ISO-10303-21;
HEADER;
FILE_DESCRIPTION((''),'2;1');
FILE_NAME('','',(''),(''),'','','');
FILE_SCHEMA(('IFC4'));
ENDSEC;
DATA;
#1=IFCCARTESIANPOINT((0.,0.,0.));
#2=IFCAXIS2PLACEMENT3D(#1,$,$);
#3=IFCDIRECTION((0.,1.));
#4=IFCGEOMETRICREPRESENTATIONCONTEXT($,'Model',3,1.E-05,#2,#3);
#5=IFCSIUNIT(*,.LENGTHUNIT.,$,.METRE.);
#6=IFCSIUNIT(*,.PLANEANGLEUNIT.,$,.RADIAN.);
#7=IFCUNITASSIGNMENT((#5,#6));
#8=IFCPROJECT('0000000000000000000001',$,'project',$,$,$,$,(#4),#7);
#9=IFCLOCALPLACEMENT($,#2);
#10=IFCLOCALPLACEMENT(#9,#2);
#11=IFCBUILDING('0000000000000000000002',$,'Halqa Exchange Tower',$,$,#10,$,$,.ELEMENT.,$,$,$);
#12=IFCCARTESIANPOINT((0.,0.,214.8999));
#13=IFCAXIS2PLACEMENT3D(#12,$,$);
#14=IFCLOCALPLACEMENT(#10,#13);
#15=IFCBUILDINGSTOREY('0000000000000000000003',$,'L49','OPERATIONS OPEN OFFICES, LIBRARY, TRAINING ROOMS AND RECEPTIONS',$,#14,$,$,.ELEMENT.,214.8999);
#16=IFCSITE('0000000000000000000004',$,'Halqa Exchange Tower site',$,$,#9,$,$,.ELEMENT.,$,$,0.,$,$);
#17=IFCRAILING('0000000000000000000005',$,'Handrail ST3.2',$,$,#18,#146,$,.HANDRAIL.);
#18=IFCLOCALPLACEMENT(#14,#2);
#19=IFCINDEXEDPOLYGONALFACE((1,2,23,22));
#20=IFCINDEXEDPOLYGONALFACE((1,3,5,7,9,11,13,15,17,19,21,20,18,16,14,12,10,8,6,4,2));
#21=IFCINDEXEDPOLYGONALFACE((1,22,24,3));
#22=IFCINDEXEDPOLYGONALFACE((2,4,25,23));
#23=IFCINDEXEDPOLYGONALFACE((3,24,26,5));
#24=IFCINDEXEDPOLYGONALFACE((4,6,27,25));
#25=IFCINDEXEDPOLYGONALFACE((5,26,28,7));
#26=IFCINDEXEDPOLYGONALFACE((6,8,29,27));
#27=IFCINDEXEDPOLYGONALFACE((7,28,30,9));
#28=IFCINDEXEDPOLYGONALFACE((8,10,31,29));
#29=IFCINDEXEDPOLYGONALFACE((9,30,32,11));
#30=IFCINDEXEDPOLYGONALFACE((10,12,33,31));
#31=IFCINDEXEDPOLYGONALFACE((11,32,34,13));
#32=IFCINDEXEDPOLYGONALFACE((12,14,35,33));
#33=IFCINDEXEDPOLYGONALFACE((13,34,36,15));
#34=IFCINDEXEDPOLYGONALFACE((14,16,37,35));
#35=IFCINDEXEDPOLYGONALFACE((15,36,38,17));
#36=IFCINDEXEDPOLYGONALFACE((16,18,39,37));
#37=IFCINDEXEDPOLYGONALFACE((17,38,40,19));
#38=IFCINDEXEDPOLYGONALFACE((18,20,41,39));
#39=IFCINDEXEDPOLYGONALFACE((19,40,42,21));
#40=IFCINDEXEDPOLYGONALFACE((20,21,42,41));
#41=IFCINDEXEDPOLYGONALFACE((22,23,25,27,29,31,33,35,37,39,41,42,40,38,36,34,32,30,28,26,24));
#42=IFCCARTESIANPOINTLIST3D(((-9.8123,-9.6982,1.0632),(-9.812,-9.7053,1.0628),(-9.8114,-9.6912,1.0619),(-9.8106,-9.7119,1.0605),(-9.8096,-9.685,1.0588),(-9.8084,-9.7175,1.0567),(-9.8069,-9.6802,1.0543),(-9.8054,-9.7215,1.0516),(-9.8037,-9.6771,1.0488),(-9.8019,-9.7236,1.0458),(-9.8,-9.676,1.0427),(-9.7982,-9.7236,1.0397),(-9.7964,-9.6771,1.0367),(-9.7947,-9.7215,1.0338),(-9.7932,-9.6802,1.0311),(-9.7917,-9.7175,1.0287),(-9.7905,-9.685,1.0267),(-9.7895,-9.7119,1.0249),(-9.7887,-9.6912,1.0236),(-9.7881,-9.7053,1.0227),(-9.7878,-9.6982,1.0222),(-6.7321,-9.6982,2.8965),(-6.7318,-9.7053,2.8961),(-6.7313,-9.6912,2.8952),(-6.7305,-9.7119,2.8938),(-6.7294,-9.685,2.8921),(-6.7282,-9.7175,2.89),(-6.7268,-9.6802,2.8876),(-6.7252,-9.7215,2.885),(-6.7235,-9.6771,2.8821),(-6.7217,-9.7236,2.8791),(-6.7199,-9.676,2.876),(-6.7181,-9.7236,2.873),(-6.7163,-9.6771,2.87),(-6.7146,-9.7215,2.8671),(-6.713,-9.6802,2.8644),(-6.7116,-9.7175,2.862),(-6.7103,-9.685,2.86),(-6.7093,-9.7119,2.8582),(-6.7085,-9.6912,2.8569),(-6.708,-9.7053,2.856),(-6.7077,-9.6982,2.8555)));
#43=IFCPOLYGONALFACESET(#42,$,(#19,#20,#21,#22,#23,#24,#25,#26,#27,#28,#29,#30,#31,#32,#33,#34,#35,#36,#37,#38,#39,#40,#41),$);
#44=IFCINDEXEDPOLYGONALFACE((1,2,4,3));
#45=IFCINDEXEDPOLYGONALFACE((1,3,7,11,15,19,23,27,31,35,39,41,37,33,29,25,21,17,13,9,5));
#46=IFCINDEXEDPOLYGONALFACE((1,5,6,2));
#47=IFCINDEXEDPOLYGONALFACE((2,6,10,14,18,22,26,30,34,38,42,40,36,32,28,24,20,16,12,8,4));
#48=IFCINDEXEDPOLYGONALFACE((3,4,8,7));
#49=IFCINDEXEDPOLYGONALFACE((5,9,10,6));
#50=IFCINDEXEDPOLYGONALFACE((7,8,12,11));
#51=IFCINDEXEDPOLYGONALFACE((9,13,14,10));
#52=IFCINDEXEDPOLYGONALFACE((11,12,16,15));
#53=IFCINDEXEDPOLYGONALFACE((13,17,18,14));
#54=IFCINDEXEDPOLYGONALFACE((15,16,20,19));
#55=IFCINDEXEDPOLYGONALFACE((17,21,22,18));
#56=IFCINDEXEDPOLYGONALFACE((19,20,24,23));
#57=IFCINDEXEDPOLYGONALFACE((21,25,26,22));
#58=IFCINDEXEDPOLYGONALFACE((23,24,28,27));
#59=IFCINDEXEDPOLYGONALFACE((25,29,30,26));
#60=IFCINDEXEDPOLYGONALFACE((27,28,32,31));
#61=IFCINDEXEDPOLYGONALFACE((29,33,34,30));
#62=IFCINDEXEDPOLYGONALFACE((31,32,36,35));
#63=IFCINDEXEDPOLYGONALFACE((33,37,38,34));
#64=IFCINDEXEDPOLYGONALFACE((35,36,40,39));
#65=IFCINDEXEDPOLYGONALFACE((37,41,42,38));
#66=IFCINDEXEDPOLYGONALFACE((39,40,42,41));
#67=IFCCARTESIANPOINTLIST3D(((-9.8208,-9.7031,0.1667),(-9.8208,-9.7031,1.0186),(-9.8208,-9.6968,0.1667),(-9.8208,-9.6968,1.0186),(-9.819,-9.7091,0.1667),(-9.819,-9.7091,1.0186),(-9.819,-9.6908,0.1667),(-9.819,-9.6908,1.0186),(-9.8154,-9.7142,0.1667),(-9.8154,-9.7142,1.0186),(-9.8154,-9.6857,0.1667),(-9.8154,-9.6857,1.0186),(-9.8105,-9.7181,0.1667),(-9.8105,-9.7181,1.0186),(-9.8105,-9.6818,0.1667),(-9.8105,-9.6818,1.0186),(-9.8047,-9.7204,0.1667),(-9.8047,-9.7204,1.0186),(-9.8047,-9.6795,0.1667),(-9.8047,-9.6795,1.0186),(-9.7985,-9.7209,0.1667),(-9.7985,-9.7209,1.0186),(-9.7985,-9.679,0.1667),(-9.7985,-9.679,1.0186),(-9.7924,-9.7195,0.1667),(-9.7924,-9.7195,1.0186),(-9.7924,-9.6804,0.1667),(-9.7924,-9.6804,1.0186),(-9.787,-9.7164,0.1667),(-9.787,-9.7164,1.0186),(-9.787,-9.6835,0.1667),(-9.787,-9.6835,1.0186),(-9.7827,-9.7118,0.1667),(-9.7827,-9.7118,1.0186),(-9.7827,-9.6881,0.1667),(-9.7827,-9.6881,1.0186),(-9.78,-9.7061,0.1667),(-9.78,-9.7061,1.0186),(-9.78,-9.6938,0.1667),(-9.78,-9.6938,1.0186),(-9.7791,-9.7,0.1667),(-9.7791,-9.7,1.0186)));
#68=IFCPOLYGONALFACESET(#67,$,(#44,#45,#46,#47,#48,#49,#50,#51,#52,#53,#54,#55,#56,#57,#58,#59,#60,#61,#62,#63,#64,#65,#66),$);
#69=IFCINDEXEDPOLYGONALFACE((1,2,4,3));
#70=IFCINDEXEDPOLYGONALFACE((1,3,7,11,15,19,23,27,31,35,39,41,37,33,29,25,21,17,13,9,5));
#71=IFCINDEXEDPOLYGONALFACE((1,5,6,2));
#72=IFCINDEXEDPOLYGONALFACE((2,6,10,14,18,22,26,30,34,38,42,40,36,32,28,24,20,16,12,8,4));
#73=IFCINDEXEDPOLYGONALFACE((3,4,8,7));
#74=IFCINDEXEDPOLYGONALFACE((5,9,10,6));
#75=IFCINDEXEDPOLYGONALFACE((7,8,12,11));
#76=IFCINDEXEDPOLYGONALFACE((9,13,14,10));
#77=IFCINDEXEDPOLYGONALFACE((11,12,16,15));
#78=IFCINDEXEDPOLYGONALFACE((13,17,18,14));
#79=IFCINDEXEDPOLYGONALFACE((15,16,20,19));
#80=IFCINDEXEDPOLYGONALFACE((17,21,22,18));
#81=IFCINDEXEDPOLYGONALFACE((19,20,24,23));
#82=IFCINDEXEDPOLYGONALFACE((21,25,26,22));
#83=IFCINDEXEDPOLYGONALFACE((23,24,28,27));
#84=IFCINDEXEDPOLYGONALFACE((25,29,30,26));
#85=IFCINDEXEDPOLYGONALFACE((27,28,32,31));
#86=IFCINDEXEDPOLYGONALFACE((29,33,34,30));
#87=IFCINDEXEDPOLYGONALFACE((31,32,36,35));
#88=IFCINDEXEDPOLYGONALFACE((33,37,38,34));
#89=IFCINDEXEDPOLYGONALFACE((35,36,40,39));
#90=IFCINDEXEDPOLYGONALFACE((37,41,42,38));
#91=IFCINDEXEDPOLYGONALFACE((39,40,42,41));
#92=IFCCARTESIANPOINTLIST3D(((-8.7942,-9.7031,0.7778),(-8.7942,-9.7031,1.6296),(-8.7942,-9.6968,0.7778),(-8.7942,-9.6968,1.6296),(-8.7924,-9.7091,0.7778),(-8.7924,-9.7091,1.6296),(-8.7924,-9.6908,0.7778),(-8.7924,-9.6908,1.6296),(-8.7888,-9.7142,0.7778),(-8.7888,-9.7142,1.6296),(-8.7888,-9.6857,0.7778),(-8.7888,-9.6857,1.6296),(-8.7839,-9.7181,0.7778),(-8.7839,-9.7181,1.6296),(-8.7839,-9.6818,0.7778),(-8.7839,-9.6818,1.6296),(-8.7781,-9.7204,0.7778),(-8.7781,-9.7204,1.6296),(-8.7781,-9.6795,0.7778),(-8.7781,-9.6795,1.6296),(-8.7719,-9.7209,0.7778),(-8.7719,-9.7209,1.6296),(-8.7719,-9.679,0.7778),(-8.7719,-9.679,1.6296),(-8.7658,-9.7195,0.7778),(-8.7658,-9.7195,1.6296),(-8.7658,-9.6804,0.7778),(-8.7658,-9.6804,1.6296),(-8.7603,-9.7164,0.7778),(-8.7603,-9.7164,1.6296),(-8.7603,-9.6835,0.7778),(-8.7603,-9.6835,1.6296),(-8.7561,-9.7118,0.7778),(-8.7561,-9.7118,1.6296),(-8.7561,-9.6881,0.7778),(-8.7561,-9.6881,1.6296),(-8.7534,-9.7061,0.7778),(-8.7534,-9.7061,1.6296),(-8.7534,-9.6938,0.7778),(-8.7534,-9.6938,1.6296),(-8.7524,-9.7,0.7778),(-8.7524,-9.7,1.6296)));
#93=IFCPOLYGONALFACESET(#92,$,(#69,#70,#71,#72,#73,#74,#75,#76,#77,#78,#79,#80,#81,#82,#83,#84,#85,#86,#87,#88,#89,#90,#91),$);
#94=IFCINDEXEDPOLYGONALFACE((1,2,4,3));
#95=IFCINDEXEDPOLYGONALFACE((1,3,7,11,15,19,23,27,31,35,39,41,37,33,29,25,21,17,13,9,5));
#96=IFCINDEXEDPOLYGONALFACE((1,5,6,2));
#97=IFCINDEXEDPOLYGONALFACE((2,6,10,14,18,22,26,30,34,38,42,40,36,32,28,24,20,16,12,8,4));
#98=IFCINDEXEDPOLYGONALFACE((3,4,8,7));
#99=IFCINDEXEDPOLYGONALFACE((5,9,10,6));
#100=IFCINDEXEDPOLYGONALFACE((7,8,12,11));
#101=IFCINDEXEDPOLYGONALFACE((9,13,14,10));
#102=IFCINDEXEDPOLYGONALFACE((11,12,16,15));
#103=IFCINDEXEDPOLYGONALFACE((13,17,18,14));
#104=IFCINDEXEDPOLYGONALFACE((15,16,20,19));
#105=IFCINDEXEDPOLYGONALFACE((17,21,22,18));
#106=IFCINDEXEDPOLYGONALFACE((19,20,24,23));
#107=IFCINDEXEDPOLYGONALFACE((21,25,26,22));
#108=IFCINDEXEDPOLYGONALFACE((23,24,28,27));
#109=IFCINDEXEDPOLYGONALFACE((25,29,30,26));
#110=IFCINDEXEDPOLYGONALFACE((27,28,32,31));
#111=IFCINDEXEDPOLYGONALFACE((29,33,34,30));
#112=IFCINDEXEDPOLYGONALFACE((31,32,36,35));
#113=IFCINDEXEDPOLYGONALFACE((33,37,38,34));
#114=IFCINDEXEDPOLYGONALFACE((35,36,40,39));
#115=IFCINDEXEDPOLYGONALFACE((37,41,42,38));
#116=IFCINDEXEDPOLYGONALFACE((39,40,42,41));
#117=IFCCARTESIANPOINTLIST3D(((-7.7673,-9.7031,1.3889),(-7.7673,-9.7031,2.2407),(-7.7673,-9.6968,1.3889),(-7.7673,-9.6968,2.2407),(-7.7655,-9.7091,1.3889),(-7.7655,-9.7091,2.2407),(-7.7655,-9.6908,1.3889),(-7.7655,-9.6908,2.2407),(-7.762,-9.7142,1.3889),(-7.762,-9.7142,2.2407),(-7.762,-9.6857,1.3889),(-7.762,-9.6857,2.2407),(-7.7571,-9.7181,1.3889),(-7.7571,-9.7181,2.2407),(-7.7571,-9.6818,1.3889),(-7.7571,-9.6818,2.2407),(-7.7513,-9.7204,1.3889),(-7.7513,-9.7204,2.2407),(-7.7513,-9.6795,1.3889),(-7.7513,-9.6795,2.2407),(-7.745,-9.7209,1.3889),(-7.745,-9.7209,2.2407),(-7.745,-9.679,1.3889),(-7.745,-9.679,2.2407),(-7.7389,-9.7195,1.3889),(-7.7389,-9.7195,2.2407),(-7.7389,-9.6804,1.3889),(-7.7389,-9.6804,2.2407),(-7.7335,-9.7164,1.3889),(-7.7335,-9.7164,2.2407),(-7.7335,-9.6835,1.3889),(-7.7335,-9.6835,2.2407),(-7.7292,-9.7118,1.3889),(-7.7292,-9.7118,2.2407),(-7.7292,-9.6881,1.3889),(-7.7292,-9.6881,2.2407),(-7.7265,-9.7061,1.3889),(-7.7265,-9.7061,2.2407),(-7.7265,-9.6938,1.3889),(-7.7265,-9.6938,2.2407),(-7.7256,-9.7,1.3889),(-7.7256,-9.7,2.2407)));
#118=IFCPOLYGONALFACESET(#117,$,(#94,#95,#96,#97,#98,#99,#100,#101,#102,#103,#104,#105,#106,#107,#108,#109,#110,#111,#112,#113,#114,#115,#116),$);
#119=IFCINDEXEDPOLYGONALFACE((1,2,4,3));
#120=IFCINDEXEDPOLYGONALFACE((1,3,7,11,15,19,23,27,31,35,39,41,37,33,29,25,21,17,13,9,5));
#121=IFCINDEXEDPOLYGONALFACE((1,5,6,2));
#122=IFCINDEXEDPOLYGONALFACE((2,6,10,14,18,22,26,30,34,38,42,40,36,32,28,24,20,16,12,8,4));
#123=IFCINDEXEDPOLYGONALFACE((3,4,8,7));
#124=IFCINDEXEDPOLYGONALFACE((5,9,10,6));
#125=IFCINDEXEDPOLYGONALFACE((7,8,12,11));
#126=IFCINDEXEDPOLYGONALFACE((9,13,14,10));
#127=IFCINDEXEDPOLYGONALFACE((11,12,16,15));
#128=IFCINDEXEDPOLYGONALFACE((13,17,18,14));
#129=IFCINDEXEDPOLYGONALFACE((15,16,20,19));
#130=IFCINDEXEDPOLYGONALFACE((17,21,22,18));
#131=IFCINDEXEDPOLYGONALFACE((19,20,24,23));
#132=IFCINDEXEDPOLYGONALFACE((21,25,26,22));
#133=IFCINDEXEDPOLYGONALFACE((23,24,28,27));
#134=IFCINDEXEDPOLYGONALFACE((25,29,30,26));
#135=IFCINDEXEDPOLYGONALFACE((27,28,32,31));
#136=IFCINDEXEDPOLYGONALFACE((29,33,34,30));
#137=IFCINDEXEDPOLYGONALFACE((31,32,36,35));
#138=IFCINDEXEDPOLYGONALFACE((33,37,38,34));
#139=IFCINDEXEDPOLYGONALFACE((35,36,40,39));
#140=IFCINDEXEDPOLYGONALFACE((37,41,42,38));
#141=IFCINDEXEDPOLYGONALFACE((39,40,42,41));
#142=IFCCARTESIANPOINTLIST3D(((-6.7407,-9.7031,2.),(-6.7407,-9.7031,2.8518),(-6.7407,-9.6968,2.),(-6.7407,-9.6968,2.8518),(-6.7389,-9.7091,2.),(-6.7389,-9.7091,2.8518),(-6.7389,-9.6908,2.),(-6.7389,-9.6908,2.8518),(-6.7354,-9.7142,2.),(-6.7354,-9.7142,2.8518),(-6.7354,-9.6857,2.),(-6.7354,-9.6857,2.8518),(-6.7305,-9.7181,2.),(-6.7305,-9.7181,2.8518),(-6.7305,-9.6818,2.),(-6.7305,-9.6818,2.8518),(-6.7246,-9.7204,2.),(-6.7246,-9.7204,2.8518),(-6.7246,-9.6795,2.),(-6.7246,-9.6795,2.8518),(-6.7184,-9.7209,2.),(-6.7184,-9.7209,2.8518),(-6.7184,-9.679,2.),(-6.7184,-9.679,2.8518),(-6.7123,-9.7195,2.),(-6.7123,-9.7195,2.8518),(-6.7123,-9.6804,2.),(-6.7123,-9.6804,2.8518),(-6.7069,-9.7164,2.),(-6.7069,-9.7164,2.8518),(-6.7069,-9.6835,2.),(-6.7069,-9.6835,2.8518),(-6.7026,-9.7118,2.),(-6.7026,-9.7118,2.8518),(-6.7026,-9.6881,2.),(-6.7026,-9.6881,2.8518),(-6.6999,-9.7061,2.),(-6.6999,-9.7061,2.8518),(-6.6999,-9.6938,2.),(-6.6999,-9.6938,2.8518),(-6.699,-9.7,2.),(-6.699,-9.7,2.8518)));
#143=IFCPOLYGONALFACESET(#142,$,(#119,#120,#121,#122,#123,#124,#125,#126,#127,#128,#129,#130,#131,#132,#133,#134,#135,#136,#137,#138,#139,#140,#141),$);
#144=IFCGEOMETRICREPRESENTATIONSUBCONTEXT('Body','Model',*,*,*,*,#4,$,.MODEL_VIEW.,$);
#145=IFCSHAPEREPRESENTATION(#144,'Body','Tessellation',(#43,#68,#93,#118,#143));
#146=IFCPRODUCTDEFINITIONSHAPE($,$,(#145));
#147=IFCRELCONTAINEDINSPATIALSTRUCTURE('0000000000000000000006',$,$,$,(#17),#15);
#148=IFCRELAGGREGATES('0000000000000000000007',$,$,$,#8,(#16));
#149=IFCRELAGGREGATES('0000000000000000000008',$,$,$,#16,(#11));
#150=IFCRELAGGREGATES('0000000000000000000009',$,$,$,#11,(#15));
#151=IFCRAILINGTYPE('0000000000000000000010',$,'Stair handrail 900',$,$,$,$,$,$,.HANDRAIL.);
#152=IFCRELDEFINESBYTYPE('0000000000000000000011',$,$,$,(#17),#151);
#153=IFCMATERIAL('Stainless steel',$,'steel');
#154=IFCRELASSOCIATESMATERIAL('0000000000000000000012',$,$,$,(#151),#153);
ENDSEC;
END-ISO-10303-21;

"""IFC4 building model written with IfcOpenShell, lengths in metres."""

from ifc_helpers import new_model, si_unit, direction, frame, origin, origin_2d, place, context, subcontext, project, spatial, circle, extrude, material, type_object, element, save


model = new_model("IFC4")

# Units and contexts
model_context = context("Model", 3, precision=1e-05, world=origin(), true_north=direction((0.0, 1.0)))
body_context = subcontext(model_context, "Body", "Model", "MODEL_VIEW")
ifc_project = project(units=[si_unit("LENGTHUNIT", "METRE"), si_unit("PLANEANGLEUNIT", "RADIAN")], contexts=[model_context])

# Site, building, storey
site_placement = place(None, origin())
site = spatial("IfcSite", under=ifc_project, at=site_placement, Name="Halqa Exchange Tower site", CompositionType="ELEMENT", RefElevation=0.0)
building_placement = place(site_placement, origin())
building = spatial("IfcBuilding", under=site, at=building_placement, Name="Halqa Exchange Tower", CompositionType="ELEMENT")
storey_placement = place(building_placement, frame((0.0, 0.0, 214.8999)))
storey = spatial("IfcBuildingStorey", under=building, at=storey_placement, Name="L49", Description="OPERATIONS OPEN OFFICES, LIBRARY, TRAINING ROOMS AND RECEPTIONS", CompositionType="ELEMENT", Elevation=214.8999)

# Shared definitions
ifc_material_1 = material(Name="Stainless steel", Category="steel")

# Railing
railing_type_1 = type_object("IfcRailingType", Name="Stair handrail 900", PredefinedType="HANDRAIL", material=ifc_material_1)
railing_1_placement = place(storey_placement, frame((-9.8, -9.7, 0.1667)))
element("IfcRailing", 1, at=railing_1_placement, inside=storey, type_object=railing_type_1, Name="Handrail ST3.2", PredefinedType="HANDRAIL", context=body_context, shape_type="SweptSolid", body=[
    extrude(circle(Radius=0.0239, at=origin_2d()), frame((0.0, 0.0, 0.876), z_axis=(0.859309, 0.0, 0.511458), x_axis=(0.0, 1.0, 0.0)), (0.0, 0.0, 1.0), 3.5845),
    extrude(circle(Radius=0.021, at=origin_2d()), origin(), (0.0, 0.0, 1.0), 0.8518),
    extrude(circle(Radius=0.021, at=origin_2d()), frame((1.0266, 0.0, 0.6111)), (0.0, 0.0, 1.0), 0.8518),
    extrude(circle(Radius=0.021, at=origin_2d()), frame((2.0535, 0.0, 1.2222)), (0.0, 0.0, 1.0), 0.8518),
    extrude(circle(Radius=0.021, at=origin_2d()), frame((3.0801, 0.0, 1.8333)), (0.0, 0.0, 1.0), 0.8518),
])

save(model, "model.ifc")
